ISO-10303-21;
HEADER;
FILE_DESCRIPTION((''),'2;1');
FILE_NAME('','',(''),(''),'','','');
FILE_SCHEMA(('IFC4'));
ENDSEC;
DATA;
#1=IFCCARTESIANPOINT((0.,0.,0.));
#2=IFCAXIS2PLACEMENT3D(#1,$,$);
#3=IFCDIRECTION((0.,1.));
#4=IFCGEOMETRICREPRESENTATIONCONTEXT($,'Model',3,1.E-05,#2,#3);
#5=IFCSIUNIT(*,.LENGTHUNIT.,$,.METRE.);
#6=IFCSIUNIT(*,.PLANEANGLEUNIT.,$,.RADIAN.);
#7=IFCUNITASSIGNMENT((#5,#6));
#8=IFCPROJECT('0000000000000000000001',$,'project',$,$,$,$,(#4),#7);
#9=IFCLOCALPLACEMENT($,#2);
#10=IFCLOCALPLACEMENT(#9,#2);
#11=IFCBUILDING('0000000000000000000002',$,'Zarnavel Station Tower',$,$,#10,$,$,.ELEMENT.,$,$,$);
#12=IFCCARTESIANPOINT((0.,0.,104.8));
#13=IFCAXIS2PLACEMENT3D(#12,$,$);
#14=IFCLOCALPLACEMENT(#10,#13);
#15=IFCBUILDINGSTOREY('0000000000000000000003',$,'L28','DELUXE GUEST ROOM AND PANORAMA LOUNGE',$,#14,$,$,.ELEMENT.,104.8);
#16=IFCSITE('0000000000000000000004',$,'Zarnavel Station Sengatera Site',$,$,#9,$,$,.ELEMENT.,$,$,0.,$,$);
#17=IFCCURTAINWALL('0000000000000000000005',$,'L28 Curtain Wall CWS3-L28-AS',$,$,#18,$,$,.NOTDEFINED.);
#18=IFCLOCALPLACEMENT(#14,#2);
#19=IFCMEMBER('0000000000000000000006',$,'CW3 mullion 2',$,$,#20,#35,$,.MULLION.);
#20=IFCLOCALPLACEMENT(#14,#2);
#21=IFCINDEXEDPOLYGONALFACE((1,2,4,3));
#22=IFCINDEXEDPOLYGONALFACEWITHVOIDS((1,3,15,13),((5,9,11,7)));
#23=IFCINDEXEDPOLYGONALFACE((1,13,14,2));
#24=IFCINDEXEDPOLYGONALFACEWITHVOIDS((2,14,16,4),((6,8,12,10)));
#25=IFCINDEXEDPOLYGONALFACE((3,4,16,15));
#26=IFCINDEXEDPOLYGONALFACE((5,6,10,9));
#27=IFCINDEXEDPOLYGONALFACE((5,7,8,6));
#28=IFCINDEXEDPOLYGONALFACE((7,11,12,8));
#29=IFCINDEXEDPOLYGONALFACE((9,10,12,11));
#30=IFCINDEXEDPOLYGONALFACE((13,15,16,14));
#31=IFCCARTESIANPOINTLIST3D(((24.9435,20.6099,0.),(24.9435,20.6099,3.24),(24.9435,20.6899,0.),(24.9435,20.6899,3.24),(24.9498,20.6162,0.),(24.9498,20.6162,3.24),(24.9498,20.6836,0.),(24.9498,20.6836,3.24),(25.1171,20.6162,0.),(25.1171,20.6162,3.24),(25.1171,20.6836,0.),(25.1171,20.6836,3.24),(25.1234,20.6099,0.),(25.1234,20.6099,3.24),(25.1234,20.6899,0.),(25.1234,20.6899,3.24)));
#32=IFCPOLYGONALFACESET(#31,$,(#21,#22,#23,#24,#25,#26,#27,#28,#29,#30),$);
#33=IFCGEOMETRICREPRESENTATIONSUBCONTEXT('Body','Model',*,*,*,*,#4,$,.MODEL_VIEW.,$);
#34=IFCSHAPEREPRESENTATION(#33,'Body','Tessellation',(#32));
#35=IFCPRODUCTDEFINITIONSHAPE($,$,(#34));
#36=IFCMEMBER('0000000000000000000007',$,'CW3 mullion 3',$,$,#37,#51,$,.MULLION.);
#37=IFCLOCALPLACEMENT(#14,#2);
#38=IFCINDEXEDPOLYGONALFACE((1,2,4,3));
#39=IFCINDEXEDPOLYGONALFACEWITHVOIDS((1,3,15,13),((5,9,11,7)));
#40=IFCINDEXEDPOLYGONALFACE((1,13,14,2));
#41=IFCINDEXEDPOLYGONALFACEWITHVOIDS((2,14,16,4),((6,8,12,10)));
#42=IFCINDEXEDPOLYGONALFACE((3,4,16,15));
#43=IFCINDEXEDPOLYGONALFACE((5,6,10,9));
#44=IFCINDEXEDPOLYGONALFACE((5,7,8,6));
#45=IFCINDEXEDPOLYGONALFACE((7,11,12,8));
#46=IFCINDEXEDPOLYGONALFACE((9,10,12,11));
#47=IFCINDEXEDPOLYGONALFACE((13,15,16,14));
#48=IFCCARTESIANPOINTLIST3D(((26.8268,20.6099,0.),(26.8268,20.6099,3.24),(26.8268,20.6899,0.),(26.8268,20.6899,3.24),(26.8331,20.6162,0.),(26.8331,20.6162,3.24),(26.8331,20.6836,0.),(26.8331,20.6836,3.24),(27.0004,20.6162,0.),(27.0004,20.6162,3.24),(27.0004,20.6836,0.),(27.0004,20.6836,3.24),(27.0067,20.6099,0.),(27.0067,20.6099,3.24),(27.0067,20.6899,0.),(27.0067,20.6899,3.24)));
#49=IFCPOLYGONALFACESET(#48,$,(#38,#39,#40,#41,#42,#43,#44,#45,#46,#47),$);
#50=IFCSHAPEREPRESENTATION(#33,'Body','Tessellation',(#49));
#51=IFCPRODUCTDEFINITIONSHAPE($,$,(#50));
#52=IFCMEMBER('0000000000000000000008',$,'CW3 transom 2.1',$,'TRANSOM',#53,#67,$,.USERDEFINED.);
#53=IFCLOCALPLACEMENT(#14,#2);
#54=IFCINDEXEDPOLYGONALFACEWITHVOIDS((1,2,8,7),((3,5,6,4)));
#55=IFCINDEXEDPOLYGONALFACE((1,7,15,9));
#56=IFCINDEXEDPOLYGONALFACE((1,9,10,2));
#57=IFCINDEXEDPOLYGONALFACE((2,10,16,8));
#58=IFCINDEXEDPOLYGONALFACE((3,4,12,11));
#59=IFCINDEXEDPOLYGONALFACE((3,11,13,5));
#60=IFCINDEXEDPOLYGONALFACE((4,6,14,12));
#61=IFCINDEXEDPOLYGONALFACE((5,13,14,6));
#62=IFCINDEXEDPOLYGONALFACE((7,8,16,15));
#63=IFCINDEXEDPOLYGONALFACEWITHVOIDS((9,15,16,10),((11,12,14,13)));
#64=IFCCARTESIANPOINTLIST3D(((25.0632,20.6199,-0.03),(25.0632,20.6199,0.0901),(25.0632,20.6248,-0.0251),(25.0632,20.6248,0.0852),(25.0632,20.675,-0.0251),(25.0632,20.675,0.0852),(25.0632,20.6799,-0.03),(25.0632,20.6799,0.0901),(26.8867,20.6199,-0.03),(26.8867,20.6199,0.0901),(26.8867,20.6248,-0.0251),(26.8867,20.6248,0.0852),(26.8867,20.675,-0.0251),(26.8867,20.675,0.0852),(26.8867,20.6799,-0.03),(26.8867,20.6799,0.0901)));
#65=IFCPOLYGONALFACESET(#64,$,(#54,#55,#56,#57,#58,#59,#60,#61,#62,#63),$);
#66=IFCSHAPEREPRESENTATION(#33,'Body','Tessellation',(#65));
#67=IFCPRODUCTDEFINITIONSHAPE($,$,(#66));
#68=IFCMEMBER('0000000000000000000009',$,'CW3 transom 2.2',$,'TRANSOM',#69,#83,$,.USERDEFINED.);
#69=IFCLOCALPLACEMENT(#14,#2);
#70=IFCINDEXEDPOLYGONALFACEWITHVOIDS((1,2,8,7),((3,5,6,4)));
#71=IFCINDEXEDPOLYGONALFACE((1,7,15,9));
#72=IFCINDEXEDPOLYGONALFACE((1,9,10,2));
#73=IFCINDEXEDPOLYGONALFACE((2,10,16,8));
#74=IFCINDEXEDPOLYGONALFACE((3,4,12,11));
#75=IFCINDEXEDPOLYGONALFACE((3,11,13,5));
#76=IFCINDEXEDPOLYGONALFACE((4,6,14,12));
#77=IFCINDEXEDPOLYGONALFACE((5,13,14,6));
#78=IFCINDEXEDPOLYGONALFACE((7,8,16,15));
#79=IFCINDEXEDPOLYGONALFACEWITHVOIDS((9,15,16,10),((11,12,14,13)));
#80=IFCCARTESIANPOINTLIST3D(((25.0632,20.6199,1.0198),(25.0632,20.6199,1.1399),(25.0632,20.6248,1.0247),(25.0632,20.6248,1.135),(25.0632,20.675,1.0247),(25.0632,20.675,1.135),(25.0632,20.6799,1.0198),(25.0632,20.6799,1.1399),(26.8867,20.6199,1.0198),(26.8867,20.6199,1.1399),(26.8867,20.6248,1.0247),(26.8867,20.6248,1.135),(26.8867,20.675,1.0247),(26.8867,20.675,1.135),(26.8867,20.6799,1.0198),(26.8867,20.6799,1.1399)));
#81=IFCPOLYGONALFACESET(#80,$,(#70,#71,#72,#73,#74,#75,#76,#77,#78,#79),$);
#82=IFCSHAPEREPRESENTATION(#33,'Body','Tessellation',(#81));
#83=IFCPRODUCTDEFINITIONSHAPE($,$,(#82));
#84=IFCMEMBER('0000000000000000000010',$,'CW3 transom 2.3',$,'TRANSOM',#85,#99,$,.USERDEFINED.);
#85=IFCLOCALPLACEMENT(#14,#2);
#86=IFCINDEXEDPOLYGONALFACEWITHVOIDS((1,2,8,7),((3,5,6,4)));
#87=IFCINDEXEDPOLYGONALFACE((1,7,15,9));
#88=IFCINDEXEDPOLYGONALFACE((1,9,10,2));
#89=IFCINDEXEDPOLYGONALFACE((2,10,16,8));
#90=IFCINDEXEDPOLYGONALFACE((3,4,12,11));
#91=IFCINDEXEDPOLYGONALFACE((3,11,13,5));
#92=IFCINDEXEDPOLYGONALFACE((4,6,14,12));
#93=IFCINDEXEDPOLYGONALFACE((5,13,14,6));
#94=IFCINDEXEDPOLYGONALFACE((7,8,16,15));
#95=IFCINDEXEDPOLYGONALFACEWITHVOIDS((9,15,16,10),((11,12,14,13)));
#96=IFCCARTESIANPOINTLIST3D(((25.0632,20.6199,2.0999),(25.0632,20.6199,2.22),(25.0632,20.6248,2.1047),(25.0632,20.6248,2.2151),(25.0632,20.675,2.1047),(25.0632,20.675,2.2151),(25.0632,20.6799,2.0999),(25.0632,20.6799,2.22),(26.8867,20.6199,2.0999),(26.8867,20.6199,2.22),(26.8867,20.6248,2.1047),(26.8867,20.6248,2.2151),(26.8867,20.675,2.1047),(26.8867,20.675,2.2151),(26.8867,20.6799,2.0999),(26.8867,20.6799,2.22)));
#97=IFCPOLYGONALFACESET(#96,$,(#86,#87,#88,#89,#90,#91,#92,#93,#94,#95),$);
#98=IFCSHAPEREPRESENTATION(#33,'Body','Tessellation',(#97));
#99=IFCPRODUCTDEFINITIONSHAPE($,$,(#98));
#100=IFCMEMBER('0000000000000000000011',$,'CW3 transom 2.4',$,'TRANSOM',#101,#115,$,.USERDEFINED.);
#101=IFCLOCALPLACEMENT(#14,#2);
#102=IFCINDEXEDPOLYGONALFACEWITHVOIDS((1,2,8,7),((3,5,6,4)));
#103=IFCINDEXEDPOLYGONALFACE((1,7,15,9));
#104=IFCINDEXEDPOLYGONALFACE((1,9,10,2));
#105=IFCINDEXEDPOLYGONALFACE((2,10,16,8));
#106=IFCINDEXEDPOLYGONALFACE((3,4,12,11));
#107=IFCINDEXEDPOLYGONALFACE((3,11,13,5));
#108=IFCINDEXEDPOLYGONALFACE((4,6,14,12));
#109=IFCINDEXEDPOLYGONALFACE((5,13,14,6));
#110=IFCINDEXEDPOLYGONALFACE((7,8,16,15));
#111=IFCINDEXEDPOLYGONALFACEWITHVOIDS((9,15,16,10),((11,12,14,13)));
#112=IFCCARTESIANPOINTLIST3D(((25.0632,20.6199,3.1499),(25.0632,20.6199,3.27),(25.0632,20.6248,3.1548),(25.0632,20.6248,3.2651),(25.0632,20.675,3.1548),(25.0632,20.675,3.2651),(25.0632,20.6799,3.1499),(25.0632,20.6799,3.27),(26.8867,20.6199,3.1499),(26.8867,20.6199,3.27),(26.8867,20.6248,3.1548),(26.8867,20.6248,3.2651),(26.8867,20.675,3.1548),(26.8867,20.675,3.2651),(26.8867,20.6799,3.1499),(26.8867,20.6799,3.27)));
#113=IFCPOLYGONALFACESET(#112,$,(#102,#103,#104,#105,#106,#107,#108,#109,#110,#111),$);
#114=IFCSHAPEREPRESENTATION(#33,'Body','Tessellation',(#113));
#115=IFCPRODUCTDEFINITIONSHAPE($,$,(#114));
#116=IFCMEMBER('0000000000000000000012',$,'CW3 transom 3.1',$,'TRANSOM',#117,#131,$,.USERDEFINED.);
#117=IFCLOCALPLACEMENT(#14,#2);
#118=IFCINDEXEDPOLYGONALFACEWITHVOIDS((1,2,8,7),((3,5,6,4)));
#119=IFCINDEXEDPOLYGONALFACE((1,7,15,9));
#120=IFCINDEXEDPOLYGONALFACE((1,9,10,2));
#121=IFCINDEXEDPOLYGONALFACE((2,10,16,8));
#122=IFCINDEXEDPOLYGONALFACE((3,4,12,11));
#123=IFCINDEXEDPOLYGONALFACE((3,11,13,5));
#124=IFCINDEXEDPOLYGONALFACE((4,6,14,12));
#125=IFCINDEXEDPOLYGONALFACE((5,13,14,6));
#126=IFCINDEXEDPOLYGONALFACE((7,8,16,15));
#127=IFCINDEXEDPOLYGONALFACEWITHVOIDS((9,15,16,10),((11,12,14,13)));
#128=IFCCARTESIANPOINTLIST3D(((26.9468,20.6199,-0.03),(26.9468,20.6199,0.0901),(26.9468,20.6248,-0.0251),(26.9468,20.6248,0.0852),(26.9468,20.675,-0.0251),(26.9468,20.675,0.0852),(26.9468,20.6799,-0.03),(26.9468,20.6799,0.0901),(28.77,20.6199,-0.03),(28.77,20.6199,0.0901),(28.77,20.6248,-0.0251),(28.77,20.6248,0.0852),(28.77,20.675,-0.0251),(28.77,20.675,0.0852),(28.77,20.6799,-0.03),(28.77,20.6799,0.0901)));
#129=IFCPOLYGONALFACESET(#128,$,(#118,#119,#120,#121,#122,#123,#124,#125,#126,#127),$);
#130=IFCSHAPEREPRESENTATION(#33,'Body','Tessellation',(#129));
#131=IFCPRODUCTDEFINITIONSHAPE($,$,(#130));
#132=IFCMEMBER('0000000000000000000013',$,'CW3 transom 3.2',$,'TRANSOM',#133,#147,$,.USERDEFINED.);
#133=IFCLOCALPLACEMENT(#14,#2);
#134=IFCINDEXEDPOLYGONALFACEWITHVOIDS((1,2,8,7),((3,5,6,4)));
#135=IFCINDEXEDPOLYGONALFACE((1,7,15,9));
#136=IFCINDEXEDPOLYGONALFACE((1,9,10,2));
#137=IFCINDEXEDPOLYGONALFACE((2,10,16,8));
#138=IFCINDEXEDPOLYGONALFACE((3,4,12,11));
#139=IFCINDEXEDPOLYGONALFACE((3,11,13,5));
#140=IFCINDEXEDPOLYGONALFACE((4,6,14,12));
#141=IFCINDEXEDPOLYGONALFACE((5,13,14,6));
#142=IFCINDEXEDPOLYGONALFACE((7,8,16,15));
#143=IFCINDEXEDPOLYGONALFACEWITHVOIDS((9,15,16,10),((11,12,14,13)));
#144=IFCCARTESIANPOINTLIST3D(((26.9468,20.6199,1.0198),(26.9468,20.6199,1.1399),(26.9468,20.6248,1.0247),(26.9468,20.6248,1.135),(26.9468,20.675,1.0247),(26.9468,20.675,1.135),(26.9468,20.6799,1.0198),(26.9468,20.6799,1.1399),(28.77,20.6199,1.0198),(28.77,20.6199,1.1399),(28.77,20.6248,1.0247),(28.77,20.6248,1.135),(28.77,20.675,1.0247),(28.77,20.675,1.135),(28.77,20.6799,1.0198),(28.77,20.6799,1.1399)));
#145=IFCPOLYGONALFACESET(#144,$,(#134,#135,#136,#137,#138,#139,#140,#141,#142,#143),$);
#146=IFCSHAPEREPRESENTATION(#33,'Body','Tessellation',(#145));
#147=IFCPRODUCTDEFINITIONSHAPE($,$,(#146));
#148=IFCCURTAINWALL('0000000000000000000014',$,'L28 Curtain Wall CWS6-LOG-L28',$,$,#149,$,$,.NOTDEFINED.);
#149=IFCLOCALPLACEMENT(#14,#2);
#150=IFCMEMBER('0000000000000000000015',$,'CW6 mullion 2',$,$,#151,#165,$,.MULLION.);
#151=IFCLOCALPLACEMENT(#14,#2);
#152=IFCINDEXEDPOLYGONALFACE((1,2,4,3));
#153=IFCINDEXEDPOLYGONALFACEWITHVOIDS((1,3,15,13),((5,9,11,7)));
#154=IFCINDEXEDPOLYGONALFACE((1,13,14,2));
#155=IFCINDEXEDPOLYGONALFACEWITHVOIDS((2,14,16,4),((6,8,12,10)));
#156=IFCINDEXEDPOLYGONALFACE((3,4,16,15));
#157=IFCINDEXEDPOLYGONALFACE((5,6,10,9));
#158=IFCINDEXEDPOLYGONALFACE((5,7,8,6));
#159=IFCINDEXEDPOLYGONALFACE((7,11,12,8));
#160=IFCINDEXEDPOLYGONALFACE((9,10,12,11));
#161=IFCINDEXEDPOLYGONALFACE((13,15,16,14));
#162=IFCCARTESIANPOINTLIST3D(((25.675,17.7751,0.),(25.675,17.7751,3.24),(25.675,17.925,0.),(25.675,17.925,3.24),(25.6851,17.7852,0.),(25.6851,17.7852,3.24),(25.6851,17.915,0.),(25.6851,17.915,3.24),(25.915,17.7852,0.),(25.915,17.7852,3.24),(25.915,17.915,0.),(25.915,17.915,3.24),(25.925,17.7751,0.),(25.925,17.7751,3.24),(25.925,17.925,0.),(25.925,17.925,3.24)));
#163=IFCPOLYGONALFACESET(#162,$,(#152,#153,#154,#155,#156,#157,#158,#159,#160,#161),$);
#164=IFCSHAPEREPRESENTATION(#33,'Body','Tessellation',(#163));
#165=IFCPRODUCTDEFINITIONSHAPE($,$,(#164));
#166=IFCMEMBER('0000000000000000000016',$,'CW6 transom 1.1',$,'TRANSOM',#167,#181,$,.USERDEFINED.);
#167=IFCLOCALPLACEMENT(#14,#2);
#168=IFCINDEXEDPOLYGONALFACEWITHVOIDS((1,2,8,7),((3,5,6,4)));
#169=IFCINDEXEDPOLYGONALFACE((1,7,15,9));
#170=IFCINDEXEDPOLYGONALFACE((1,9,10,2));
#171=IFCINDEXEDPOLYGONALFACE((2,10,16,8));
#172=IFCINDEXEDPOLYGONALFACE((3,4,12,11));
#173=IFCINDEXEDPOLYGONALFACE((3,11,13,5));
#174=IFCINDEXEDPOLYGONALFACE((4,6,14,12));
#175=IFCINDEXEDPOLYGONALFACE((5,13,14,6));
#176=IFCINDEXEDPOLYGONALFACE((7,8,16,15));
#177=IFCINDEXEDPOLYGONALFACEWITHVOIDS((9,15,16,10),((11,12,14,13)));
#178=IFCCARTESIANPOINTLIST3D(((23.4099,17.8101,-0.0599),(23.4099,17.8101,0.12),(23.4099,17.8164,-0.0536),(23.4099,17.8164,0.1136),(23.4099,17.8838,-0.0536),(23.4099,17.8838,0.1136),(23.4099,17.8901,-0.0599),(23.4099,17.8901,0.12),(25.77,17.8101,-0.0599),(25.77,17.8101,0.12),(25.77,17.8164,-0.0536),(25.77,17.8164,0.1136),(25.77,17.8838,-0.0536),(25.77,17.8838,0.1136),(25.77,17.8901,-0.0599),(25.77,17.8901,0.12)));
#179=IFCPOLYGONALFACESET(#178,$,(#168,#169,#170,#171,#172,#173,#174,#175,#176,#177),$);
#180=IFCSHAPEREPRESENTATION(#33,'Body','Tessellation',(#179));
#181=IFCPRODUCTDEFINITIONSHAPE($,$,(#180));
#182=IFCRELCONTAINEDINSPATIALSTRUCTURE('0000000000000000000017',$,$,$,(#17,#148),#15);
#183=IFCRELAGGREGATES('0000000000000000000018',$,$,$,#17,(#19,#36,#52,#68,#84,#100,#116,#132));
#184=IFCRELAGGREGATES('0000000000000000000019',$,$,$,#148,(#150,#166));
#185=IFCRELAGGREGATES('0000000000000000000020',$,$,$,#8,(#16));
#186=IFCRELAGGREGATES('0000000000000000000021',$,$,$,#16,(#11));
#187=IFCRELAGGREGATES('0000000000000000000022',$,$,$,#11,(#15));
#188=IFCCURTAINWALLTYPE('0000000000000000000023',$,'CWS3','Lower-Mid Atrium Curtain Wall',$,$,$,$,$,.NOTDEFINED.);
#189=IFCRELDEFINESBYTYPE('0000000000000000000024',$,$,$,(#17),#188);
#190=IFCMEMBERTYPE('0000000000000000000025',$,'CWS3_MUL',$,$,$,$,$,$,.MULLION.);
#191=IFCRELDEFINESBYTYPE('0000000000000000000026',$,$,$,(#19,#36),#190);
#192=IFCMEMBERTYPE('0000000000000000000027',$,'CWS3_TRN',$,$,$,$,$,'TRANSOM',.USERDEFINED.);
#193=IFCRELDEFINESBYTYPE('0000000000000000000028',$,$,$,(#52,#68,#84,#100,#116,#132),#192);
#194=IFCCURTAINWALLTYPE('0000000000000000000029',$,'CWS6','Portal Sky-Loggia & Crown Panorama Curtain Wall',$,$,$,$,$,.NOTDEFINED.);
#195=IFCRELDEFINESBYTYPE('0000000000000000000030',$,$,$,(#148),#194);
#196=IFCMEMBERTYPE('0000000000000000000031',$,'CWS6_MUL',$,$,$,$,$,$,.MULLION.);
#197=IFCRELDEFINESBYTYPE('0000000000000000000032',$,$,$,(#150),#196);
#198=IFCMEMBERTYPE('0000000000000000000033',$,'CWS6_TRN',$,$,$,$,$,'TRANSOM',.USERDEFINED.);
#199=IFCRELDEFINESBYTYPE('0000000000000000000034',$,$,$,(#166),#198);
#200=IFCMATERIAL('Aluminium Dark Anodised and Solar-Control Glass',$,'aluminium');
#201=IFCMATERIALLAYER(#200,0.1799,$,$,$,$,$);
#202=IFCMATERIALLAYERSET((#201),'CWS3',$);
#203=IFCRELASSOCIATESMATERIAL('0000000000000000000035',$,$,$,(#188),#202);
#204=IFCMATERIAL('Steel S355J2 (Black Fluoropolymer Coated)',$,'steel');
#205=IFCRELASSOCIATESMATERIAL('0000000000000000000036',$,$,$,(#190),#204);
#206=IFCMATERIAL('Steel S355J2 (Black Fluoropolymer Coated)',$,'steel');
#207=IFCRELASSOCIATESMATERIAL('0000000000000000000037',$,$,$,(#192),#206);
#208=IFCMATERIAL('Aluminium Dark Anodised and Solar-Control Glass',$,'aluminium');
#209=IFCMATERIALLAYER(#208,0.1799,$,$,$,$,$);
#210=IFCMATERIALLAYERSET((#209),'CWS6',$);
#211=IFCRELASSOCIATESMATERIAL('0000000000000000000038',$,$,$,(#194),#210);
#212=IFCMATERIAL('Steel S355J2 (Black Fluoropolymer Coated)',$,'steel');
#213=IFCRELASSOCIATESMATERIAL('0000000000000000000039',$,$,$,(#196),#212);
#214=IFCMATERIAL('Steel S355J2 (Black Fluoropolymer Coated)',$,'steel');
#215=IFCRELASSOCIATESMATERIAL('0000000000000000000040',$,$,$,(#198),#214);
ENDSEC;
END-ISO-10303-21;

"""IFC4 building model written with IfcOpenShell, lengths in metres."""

from ifc_helpers import new_model, si_unit, direction, frame, origin, origin_2d, place, context, subcontext, project, spatial, hollow_rectangle, extrude, material, layer, layer_set, material_profile, profile_set, type_object, element, aggregate, save


model = new_model("IFC4")

# Units and contexts
model_context = context("Model", 3, precision=1e-05, world=origin(), true_north=direction((0.0, 1.0)))
body_context = subcontext(model_context, "Body", "Model", "MODEL_VIEW")
ifc_project = project(units=[si_unit("LENGTHUNIT", "METRE"), si_unit("PLANEANGLEUNIT", "RADIAN")], contexts=[model_context])

# Site, building, storey
site_placement = place(None, origin())
site = spatial("IfcSite", under=ifc_project, at=site_placement, Name="Zarnavel Station Sengatera Site", CompositionType="ELEMENT", RefElevation=0.0)
building_placement = place(site_placement, origin())
building = spatial("IfcBuilding", under=site, at=building_placement, Name="Zarnavel Station Tower", CompositionType="ELEMENT")
storey_placement = place(building_placement, frame((0.0, 0.0, 104.8)))
storey = spatial("IfcBuildingStorey", under=building, at=storey_placement, Name="L28", Description="DELUXE GUEST ROOM AND PANORAMA LOUNGE", CompositionType="ELEMENT", Elevation=104.8)

# Curtain walls, members
ifc_material_1 = material(Name="Aluminium Dark Anodised and Solar-Control Glass", Category="aluminium")
ifc_layer_1 = layer(ifc_material_1, 0.1799)
ifc_layer_set_1 = layer_set([ifc_layer_1], Name="CWS3")
curtain_wall_type_1 = type_object("IfcCurtainWallType", Name="CWS3", Description="Lower-Mid Atrium Curtain Wall", PredefinedType="NOTDEFINED", material=ifc_layer_set_1)
curtain_wall_1_placement = place(storey_placement, origin())
curtain_wall_1 = element("IfcCurtainWall", 1, at=curtain_wall_1_placement, inside=storey, type_object=curtain_wall_type_1, Name="L28 Curtain Wall CWS3-L28-AS", PredefinedType="NOTDEFINED")
ifc_material_2 = material(Name="Steel S355J2 (Black Fluoropolymer Coated)", Category="steel")
ifc_material_profile_1 = material_profile(ifc_material_2, hollow_rectangle(XDim=0.0801, YDim=0.1799, WallThickness=0.0063, at=origin_2d()), Name="RHS180x80x6.3")
ifc_profile_set_1 = profile_set([ifc_material_profile_1], Name="Steel S355J2 (Black Fluoropolymer Coated)")
member_type_1 = type_object("IfcMemberType", Name="CWS3_MUL", PredefinedType="MULLION", material=ifc_profile_set_1)
member_1_placement = place(storey_placement, frame((25.0334, 20.6499, 0.0), z_axis=(0.0, 0.0, 1.0), x_axis=(0.0, 1.0, 0.0)))
member_1 = element("IfcMember", 2, at=member_1_placement, type_object=member_type_1, Name="CW3 mullion 2", PredefinedType="MULLION", context=body_context, shape_type="SweptSolid", body=[
    extrude(hollow_rectangle(XDim=0.0801, YDim=0.1799, WallThickness=0.0063, at=origin_2d()), origin(), (0.0, 0.0, 1.0), 3.24),
])
member_2_placement = place(storey_placement, frame((26.9167, 20.6499, 0.0), z_axis=(0.0, 0.0, 1.0), x_axis=(0.0, 1.0, 0.0)))
member_2 = element("IfcMember", 3, at=member_2_placement, type_object=member_type_1, Name="CW3 mullion 3", PredefinedType="MULLION", context=body_context, shape_type="SweptSolid", body=[
    extrude(hollow_rectangle(XDim=0.0801, YDim=0.1799, WallThickness=0.0063, at=origin_2d()), origin(), (0.0, 0.0, 1.0), 3.24),
])
ifc_material_3 = material(Name="Steel S355J2 (Black Fluoropolymer Coated)", Category="steel")
ifc_material_profile_2 = material_profile(ifc_material_3, hollow_rectangle(XDim=0.0601, YDim=0.1201, WallThickness=0.0049, at=origin_2d()), Name="RHS120x60x5")
ifc_profile_set_2 = profile_set([ifc_material_profile_2], Name="Steel S355J2 (Black Fluoropolymer Coated)")
member_type_2 = type_object("IfcMemberType", Name="CWS3_TRN", ElementType="TRANSOM", PredefinedType="USERDEFINED", material=ifc_profile_set_2)
member_3_placement = place(storey_placement, frame((25.0632, 20.6499, 0.03), z_axis=(1.0, 0.0, 0.0), x_axis=(0.0, 1.0, 0.0)))
member_3 = element("IfcMember", 4, at=member_3_placement, type_object=member_type_2, Name="CW3 transom 2.1", ObjectType="TRANSOM", PredefinedType="USERDEFINED", context=body_context, shape_type="SweptSolid", body=[
    extrude(hollow_rectangle(XDim=0.0601, YDim=0.1201, WallThickness=0.0049, at=origin_2d()), origin(), (0.0, 0.0, 1.0), 1.8235),
])
member_4_placement = place(storey_placement, frame((25.0632, 20.6499, 1.0798), z_axis=(1.0, 0.0, 0.0), x_axis=(0.0, 1.0, 0.0)))
member_4 = element("IfcMember", 5, at=member_4_placement, type_object=member_type_2, Name="CW3 transom 2.2", ObjectType="TRANSOM", PredefinedType="USERDEFINED", context=body_context, shape_type="SweptSolid", body=[
    extrude(hollow_rectangle(XDim=0.0601, YDim=0.1201, WallThickness=0.0049, at=origin_2d()), origin(), (0.0, 0.0, 1.0), 1.8235),
])
member_5_placement = place(storey_placement, frame((25.0632, 20.6499, 2.1599), z_axis=(1.0, 0.0, 0.0), x_axis=(0.0, 1.0, 0.0)))
member_5 = element("IfcMember", 6, at=member_5_placement, type_object=member_type_2, Name="CW3 transom 2.3", ObjectType="TRANSOM", PredefinedType="USERDEFINED", context=body_context, shape_type="SweptSolid", body=[
    extrude(hollow_rectangle(XDim=0.0601, YDim=0.1201, WallThickness=0.0049, at=origin_2d()), origin(), (0.0, 0.0, 1.0), 1.8235),
])
member_6_placement = place(storey_placement, frame((25.0632, 20.6499, 3.21), z_axis=(1.0, 0.0, 0.0), x_axis=(0.0, 1.0, 0.0)))
member_6 = element("IfcMember", 7, at=member_6_placement, type_object=member_type_2, Name="CW3 transom 2.4", ObjectType="TRANSOM", PredefinedType="USERDEFINED", context=body_context, shape_type="SweptSolid", body=[
    extrude(hollow_rectangle(XDim=0.0601, YDim=0.1201, WallThickness=0.0049, at=origin_2d()), origin(), (0.0, 0.0, 1.0), 1.8235),
])
member_7_placement = place(storey_placement, frame((26.9468, 20.6499, 0.03), z_axis=(1.0, 0.0, 0.0), x_axis=(0.0, 1.0, 0.0)))
member_7 = element("IfcMember", 8, at=member_7_placement, type_object=member_type_2, Name="CW3 transom 3.1", ObjectType="TRANSOM", PredefinedType="USERDEFINED", context=body_context, shape_type="SweptSolid", body=[
    extrude(hollow_rectangle(XDim=0.0601, YDim=0.1201, WallThickness=0.0049, at=origin_2d()), origin(), (0.0, 0.0, 1.0), 1.8232),
])
member_8_placement = place(storey_placement, frame((26.9468, 20.6499, 1.0798), z_axis=(1.0, 0.0, 0.0), x_axis=(0.0, 1.0, 0.0)))
member_8 = element("IfcMember", 9, at=member_8_placement, type_object=member_type_2, Name="CW3 transom 3.2", ObjectType="TRANSOM", PredefinedType="USERDEFINED", context=body_context, shape_type="SweptSolid", body=[
    extrude(hollow_rectangle(XDim=0.0601, YDim=0.1201, WallThickness=0.0049, at=origin_2d()), origin(), (0.0, 0.0, 1.0), 1.8232),
])
ifc_material_4 = material(Name="Aluminium Dark Anodised and Solar-Control Glass", Category="aluminium")
ifc_layer_2 = layer(ifc_material_4, 0.1799)
ifc_layer_set_2 = layer_set([ifc_layer_2], Name="CWS6")
curtain_wall_type_2 = type_object("IfcCurtainWallType", Name="CWS6", Description="Portal Sky-Loggia & Crown Panorama Curtain Wall", PredefinedType="NOTDEFINED", material=ifc_layer_set_2)
curtain_wall_2_placement = place(storey_placement, origin())
curtain_wall_2 = element("IfcCurtainWall", 10, at=curtain_wall_2_placement, inside=storey, type_object=curtain_wall_type_2, Name="L28 Curtain Wall CWS6-LOG-L28", PredefinedType="NOTDEFINED")
ifc_material_5 = material(Name="Steel S355J2 (Black Fluoropolymer Coated)", Category="steel")
ifc_material_profile_3 = material_profile(ifc_material_5, hollow_rectangle(XDim=0.1499, YDim=0.25, WallThickness=0.01, at=origin_2d()), Name="RHS250x150x10")
ifc_profile_set_3 = profile_set([ifc_material_profile_3], Name="Steel S355J2 (Black Fluoropolymer Coated)")
member_type_3 = type_object("IfcMemberType", Name="CWS6_MUL", PredefinedType="MULLION", material=ifc_profile_set_3)
member_9_placement = place(storey_placement, frame((25.8, 17.8501, 0.0), z_axis=(0.0, 0.0, 1.0), x_axis=(0.0, 1.0, 0.0)))
member_9 = element("IfcMember", 11, at=member_9_placement, type_object=member_type_3, Name="CW6 mullion 2", PredefinedType="MULLION", context=body_context, shape_type="SweptSolid", body=[
    extrude(hollow_rectangle(XDim=0.1499, YDim=0.25, WallThickness=0.01, at=origin_2d()), origin(), (0.0, 0.0, 1.0), 3.24),
])
ifc_material_6 = material(Name="Steel S355J2 (Black Fluoropolymer Coated)", Category="steel")
ifc_material_profile_4 = material_profile(ifc_material_6, hollow_rectangle(XDim=0.0801, YDim=0.1799, WallThickness=0.0063, at=origin_2d()), Name="RHS180x80x6.3")
ifc_profile_set_4 = profile_set([ifc_material_profile_4], Name="Steel S355J2 (Black Fluoropolymer Coated)")
member_type_4 = type_object("IfcMemberType", Name="CWS6_TRN", ElementType="TRANSOM", PredefinedType="USERDEFINED", material=ifc_profile_set_4)
member_10_placement = place(storey_placement, frame((23.4099, 17.8501, 0.03), z_axis=(1.0, 0.0, 0.0), x_axis=(0.0, 1.0, 0.0)))
member_10 = element("IfcMember", 12, at=member_10_placement, type_object=member_type_4, Name="CW6 transom 1.1", ObjectType="TRANSOM", PredefinedType="USERDEFINED", context=body_context, shape_type="SweptSolid", body=[
    extrude(hollow_rectangle(XDim=0.0801, YDim=0.1799, WallThickness=0.0063, at=origin_2d()), origin(), (0.0, 0.0, 1.0), 2.3601),
])

aggregate(curtain_wall_1, [member_1, member_2, member_3, member_4, member_5, member_6, member_7, member_8])
aggregate(curtain_wall_2, [member_9, member_10])

save(model, "model.ifc")
